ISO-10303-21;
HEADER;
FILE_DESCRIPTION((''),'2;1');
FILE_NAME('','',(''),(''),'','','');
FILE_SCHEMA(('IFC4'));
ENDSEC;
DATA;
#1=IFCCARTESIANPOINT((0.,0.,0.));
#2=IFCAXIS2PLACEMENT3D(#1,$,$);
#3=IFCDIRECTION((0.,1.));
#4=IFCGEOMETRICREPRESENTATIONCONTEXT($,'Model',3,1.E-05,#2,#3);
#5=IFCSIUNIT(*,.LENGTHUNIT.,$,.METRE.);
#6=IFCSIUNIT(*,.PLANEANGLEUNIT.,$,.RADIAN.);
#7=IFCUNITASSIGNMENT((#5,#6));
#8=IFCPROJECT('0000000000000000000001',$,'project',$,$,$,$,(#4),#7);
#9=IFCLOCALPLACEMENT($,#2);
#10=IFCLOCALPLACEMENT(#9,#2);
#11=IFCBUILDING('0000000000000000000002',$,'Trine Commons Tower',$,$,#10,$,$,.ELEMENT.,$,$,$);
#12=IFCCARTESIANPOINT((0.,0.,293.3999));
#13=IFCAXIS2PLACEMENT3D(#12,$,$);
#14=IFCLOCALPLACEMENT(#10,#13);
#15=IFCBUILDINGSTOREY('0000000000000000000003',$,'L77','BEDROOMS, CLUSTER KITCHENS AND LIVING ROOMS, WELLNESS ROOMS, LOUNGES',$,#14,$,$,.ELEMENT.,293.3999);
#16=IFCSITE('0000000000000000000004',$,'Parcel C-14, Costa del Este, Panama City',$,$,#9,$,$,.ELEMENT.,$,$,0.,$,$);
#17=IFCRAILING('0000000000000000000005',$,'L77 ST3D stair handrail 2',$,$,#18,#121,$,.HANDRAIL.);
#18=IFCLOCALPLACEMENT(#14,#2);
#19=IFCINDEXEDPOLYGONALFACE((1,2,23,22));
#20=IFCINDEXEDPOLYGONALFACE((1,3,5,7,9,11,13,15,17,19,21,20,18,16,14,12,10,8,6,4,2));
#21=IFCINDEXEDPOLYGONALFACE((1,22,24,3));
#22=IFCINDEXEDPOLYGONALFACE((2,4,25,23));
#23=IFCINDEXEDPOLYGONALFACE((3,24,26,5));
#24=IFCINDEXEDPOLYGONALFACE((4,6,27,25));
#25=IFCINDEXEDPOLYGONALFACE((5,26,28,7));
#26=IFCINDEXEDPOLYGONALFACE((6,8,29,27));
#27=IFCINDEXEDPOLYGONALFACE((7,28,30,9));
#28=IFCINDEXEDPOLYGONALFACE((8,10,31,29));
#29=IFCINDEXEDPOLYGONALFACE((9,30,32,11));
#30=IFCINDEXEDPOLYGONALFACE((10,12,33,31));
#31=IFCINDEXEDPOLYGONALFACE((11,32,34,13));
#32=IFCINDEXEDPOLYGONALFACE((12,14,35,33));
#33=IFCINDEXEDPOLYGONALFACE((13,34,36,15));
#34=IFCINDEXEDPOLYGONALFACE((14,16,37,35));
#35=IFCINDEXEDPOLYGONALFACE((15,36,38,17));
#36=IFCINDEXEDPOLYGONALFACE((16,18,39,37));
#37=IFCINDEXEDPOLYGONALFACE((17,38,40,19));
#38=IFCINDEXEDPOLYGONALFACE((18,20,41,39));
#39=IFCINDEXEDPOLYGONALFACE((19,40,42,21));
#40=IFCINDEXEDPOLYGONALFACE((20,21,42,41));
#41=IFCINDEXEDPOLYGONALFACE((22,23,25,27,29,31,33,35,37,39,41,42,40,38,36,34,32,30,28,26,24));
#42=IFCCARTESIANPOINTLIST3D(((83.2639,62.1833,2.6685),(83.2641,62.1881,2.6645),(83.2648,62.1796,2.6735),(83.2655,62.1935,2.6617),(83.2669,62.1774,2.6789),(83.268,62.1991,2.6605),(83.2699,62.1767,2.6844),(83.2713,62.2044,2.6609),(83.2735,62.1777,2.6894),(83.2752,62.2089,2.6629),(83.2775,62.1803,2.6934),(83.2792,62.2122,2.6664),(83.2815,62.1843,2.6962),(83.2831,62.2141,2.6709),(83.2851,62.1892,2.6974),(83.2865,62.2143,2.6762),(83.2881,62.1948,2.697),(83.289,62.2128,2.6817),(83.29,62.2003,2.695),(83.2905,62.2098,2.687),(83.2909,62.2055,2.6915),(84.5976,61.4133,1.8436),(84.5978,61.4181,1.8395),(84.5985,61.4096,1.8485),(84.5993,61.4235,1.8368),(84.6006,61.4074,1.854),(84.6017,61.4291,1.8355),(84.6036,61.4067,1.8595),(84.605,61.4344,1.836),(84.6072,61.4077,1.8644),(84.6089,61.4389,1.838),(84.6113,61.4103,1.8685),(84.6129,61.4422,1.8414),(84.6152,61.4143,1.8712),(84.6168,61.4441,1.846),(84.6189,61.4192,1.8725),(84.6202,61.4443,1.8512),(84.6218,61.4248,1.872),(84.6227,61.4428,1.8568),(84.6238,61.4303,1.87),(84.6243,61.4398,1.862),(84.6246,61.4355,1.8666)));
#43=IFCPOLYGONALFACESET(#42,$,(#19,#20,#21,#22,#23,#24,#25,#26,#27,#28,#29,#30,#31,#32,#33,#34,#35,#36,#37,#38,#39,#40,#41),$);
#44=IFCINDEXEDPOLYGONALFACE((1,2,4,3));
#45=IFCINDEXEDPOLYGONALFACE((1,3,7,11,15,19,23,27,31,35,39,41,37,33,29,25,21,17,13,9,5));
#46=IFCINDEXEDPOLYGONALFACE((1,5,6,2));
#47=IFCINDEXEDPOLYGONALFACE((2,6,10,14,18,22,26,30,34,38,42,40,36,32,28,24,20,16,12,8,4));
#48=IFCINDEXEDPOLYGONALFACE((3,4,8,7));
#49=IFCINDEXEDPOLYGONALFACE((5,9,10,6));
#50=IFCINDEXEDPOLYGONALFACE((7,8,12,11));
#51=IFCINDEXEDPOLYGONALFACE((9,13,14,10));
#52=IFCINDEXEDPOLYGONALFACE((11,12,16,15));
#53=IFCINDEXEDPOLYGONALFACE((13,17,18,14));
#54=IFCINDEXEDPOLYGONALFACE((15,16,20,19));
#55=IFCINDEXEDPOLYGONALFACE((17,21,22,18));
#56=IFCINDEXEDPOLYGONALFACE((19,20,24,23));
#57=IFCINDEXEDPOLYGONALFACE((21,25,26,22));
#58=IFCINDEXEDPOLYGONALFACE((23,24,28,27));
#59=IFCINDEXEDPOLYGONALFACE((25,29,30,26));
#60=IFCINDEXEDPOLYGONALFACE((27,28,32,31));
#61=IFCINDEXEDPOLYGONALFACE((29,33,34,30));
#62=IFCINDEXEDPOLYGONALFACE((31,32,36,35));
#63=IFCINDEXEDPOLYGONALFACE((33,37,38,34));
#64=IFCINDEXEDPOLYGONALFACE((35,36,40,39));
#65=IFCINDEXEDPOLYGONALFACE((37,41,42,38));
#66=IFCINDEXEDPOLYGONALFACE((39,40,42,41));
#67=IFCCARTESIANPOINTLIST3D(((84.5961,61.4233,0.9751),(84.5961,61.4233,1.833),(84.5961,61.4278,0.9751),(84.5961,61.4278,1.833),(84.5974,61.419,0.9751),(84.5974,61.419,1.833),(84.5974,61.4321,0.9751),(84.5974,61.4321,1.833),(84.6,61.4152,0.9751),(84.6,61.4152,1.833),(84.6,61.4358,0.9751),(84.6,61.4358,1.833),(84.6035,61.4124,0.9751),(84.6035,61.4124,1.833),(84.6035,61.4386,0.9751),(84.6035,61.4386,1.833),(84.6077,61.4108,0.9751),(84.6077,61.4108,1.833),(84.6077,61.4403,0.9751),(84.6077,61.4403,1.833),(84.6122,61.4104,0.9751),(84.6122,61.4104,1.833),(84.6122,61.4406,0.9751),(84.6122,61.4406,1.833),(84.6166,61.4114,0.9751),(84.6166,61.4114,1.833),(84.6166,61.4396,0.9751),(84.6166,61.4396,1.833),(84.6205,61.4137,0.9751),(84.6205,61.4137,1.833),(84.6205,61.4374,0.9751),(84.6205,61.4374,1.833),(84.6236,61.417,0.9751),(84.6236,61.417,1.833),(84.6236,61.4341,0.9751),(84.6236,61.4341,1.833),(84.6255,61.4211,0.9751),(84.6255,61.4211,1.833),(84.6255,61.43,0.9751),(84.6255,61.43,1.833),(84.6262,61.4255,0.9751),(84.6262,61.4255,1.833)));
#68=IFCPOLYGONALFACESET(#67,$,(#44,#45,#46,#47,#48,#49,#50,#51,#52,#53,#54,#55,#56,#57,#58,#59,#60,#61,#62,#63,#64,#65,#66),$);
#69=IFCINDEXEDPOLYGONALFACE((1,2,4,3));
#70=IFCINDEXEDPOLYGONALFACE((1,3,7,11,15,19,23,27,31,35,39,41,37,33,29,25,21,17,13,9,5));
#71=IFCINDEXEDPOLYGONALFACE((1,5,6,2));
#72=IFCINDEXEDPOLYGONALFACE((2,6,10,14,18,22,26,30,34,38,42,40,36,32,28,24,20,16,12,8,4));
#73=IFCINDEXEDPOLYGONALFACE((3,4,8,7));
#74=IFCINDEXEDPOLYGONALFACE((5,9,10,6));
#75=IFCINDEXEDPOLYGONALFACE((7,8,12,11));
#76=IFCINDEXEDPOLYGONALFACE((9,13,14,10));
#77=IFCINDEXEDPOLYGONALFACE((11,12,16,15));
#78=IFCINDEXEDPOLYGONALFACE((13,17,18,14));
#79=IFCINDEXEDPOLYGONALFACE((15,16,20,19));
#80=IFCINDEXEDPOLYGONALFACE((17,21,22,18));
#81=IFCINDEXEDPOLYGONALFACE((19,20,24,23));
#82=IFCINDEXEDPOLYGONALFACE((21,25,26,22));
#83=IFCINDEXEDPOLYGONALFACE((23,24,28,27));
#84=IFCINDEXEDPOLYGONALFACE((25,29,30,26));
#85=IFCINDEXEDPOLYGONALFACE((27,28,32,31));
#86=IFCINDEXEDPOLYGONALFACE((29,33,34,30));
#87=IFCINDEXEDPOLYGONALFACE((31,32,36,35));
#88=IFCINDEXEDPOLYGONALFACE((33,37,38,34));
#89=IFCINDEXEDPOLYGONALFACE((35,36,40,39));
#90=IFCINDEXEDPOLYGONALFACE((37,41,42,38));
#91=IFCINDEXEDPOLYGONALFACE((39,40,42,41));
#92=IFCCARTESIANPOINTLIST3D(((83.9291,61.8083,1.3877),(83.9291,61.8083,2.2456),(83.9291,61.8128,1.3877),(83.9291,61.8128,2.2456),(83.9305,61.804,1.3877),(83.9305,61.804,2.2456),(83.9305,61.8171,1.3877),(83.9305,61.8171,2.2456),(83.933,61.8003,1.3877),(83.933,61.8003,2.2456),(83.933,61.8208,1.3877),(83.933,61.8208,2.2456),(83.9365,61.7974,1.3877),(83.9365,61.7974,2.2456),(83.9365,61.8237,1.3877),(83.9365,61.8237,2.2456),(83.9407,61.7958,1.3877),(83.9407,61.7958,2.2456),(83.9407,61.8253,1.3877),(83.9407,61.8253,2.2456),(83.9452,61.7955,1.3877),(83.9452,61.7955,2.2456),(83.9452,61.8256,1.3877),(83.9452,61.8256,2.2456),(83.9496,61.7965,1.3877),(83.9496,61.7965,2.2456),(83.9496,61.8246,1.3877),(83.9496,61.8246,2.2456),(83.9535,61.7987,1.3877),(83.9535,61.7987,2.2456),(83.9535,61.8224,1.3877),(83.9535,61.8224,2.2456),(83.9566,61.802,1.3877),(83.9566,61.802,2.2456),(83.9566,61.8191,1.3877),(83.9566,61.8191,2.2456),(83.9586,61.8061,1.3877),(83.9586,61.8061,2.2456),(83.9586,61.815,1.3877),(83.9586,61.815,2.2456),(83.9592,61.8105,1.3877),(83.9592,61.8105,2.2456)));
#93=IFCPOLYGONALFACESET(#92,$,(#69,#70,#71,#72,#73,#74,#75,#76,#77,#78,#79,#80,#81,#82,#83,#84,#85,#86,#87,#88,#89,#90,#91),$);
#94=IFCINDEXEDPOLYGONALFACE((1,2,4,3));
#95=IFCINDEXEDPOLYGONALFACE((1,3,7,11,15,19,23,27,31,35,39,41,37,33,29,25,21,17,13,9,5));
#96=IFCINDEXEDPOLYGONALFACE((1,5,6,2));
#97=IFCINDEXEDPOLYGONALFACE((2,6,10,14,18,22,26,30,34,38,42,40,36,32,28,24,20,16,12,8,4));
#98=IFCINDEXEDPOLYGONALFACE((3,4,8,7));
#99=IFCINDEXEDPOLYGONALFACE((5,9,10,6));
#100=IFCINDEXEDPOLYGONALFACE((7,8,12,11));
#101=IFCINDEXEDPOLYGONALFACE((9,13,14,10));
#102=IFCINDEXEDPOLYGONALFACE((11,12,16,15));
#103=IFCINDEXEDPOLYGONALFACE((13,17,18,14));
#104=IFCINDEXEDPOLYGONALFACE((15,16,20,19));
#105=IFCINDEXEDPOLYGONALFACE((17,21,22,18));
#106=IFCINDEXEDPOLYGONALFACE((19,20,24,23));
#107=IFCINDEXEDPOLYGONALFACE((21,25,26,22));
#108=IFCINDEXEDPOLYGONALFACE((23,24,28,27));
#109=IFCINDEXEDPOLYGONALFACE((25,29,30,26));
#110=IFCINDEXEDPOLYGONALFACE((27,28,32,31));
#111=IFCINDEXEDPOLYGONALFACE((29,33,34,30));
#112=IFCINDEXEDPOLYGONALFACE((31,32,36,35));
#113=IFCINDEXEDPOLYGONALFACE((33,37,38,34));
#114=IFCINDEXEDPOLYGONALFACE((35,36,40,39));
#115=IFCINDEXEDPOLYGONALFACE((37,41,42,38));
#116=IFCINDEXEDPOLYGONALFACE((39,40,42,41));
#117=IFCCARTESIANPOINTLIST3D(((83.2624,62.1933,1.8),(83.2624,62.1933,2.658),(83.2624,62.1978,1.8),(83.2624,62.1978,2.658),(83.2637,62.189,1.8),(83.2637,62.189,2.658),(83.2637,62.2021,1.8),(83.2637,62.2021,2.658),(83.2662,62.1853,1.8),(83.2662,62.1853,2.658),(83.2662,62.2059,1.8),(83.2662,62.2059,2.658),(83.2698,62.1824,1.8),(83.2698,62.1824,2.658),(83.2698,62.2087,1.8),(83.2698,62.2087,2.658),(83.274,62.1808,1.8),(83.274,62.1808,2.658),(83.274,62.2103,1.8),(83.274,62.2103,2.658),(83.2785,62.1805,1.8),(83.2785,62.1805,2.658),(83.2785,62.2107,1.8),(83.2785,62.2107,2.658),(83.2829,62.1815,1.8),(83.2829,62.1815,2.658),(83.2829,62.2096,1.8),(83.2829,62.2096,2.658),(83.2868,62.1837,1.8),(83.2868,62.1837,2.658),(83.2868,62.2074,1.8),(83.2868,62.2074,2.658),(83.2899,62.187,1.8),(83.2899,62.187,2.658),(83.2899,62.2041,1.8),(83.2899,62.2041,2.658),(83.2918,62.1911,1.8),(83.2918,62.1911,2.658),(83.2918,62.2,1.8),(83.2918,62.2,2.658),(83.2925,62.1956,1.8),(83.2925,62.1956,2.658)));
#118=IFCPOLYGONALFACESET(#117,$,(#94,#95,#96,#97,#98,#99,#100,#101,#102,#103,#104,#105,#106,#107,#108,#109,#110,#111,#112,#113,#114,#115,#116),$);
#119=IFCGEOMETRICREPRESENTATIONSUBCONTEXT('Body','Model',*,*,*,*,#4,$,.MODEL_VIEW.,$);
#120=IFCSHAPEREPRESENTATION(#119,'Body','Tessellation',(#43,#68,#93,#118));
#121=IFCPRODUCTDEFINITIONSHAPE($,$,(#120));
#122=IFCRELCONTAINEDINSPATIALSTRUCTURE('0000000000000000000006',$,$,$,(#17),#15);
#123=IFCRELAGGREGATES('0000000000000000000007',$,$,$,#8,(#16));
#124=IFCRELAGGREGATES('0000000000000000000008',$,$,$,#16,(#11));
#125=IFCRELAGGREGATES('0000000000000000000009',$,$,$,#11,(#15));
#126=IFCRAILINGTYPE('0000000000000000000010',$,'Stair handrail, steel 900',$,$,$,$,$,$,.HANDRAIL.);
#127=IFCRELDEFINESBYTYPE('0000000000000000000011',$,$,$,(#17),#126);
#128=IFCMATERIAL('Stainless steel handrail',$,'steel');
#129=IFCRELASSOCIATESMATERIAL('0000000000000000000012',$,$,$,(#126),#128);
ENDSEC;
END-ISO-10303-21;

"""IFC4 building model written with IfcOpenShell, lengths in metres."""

from ifc_helpers import new_model, si_unit, direction, frame, origin, origin_2d, place, context, subcontext, project, spatial, circle, extrude, material, type_object, element, save


model = new_model("IFC4")

# Units and contexts
model_context = context("Model", 3, precision=1e-05, world=origin(), true_north=direction((0.0, 1.0)))
body_context = subcontext(model_context, "Body", "Model", "MODEL_VIEW")
ifc_project = project(units=[si_unit("LENGTHUNIT", "METRE"), si_unit("PLANEANGLEUNIT", "RADIAN")], contexts=[model_context])

# Site, building, storey
site_placement = place(None, origin())
site = spatial("IfcSite", under=ifc_project, at=site_placement, Name="Parcel C-14, Costa del Este, Panama City", CompositionType="ELEMENT", RefElevation=0.0)
building_placement = place(site_placement, origin())
building = spatial("IfcBuilding", under=site, at=building_placement, Name="Trine Commons Tower", CompositionType="ELEMENT")
storey_placement = place(building_placement, frame((0.0, 0.0, 293.3999)))
storey = spatial("IfcBuildingStorey", under=building, at=storey_placement, Name="L77", Description="BEDROOMS, CLUSTER KITCHENS AND LIVING ROOMS, WELLNESS ROOMS, LOUNGES", CompositionType="ELEMENT", Elevation=293.3999)

# Railing
ifc_material_1 = material(Name="Stainless steel handrail", Category="steel")
railing_type = type_object("IfcRailingType", Name="Stair handrail, steel 900", PredefinedType="HANDRAIL", material=ifc_material_1)
railing_placement = place(storey_placement, frame((84.6111, 61.4255, 0.9751)))
element("IfcRailing", 1, at=railing_placement, inside=storey, type_object=railing_type, Name="L77 ST3D stair handrail 2", PredefinedType="HANDRAIL", context=body_context, shape_type="SweptSolid", body=[
    extrude(circle(Radius=0.021, at=origin_2d()), frame((0.0, 0.0, 0.8789), z_axis=(-0.763405, 0.440743, 0.472185), x_axis=(-0.499992, -0.86603, 0.0)), (0.0, 0.0, 1.0), 1.7471),
    extrude(circle(Radius=0.0151, at=origin_2d()), origin(), (0.0, 0.0, 1.0), 0.8579),
    extrude(circle(Radius=0.0151, at=origin_2d()), frame((-0.667, 0.385, 0.4126)), (0.0, 0.0, 1.0), 0.8579),
    extrude(circle(Radius=0.0151, at=origin_2d()), frame((-1.3337, 0.77, 0.825)), (0.0, 0.0, 1.0), 0.8579),
])

save(model, "model.ifc")
